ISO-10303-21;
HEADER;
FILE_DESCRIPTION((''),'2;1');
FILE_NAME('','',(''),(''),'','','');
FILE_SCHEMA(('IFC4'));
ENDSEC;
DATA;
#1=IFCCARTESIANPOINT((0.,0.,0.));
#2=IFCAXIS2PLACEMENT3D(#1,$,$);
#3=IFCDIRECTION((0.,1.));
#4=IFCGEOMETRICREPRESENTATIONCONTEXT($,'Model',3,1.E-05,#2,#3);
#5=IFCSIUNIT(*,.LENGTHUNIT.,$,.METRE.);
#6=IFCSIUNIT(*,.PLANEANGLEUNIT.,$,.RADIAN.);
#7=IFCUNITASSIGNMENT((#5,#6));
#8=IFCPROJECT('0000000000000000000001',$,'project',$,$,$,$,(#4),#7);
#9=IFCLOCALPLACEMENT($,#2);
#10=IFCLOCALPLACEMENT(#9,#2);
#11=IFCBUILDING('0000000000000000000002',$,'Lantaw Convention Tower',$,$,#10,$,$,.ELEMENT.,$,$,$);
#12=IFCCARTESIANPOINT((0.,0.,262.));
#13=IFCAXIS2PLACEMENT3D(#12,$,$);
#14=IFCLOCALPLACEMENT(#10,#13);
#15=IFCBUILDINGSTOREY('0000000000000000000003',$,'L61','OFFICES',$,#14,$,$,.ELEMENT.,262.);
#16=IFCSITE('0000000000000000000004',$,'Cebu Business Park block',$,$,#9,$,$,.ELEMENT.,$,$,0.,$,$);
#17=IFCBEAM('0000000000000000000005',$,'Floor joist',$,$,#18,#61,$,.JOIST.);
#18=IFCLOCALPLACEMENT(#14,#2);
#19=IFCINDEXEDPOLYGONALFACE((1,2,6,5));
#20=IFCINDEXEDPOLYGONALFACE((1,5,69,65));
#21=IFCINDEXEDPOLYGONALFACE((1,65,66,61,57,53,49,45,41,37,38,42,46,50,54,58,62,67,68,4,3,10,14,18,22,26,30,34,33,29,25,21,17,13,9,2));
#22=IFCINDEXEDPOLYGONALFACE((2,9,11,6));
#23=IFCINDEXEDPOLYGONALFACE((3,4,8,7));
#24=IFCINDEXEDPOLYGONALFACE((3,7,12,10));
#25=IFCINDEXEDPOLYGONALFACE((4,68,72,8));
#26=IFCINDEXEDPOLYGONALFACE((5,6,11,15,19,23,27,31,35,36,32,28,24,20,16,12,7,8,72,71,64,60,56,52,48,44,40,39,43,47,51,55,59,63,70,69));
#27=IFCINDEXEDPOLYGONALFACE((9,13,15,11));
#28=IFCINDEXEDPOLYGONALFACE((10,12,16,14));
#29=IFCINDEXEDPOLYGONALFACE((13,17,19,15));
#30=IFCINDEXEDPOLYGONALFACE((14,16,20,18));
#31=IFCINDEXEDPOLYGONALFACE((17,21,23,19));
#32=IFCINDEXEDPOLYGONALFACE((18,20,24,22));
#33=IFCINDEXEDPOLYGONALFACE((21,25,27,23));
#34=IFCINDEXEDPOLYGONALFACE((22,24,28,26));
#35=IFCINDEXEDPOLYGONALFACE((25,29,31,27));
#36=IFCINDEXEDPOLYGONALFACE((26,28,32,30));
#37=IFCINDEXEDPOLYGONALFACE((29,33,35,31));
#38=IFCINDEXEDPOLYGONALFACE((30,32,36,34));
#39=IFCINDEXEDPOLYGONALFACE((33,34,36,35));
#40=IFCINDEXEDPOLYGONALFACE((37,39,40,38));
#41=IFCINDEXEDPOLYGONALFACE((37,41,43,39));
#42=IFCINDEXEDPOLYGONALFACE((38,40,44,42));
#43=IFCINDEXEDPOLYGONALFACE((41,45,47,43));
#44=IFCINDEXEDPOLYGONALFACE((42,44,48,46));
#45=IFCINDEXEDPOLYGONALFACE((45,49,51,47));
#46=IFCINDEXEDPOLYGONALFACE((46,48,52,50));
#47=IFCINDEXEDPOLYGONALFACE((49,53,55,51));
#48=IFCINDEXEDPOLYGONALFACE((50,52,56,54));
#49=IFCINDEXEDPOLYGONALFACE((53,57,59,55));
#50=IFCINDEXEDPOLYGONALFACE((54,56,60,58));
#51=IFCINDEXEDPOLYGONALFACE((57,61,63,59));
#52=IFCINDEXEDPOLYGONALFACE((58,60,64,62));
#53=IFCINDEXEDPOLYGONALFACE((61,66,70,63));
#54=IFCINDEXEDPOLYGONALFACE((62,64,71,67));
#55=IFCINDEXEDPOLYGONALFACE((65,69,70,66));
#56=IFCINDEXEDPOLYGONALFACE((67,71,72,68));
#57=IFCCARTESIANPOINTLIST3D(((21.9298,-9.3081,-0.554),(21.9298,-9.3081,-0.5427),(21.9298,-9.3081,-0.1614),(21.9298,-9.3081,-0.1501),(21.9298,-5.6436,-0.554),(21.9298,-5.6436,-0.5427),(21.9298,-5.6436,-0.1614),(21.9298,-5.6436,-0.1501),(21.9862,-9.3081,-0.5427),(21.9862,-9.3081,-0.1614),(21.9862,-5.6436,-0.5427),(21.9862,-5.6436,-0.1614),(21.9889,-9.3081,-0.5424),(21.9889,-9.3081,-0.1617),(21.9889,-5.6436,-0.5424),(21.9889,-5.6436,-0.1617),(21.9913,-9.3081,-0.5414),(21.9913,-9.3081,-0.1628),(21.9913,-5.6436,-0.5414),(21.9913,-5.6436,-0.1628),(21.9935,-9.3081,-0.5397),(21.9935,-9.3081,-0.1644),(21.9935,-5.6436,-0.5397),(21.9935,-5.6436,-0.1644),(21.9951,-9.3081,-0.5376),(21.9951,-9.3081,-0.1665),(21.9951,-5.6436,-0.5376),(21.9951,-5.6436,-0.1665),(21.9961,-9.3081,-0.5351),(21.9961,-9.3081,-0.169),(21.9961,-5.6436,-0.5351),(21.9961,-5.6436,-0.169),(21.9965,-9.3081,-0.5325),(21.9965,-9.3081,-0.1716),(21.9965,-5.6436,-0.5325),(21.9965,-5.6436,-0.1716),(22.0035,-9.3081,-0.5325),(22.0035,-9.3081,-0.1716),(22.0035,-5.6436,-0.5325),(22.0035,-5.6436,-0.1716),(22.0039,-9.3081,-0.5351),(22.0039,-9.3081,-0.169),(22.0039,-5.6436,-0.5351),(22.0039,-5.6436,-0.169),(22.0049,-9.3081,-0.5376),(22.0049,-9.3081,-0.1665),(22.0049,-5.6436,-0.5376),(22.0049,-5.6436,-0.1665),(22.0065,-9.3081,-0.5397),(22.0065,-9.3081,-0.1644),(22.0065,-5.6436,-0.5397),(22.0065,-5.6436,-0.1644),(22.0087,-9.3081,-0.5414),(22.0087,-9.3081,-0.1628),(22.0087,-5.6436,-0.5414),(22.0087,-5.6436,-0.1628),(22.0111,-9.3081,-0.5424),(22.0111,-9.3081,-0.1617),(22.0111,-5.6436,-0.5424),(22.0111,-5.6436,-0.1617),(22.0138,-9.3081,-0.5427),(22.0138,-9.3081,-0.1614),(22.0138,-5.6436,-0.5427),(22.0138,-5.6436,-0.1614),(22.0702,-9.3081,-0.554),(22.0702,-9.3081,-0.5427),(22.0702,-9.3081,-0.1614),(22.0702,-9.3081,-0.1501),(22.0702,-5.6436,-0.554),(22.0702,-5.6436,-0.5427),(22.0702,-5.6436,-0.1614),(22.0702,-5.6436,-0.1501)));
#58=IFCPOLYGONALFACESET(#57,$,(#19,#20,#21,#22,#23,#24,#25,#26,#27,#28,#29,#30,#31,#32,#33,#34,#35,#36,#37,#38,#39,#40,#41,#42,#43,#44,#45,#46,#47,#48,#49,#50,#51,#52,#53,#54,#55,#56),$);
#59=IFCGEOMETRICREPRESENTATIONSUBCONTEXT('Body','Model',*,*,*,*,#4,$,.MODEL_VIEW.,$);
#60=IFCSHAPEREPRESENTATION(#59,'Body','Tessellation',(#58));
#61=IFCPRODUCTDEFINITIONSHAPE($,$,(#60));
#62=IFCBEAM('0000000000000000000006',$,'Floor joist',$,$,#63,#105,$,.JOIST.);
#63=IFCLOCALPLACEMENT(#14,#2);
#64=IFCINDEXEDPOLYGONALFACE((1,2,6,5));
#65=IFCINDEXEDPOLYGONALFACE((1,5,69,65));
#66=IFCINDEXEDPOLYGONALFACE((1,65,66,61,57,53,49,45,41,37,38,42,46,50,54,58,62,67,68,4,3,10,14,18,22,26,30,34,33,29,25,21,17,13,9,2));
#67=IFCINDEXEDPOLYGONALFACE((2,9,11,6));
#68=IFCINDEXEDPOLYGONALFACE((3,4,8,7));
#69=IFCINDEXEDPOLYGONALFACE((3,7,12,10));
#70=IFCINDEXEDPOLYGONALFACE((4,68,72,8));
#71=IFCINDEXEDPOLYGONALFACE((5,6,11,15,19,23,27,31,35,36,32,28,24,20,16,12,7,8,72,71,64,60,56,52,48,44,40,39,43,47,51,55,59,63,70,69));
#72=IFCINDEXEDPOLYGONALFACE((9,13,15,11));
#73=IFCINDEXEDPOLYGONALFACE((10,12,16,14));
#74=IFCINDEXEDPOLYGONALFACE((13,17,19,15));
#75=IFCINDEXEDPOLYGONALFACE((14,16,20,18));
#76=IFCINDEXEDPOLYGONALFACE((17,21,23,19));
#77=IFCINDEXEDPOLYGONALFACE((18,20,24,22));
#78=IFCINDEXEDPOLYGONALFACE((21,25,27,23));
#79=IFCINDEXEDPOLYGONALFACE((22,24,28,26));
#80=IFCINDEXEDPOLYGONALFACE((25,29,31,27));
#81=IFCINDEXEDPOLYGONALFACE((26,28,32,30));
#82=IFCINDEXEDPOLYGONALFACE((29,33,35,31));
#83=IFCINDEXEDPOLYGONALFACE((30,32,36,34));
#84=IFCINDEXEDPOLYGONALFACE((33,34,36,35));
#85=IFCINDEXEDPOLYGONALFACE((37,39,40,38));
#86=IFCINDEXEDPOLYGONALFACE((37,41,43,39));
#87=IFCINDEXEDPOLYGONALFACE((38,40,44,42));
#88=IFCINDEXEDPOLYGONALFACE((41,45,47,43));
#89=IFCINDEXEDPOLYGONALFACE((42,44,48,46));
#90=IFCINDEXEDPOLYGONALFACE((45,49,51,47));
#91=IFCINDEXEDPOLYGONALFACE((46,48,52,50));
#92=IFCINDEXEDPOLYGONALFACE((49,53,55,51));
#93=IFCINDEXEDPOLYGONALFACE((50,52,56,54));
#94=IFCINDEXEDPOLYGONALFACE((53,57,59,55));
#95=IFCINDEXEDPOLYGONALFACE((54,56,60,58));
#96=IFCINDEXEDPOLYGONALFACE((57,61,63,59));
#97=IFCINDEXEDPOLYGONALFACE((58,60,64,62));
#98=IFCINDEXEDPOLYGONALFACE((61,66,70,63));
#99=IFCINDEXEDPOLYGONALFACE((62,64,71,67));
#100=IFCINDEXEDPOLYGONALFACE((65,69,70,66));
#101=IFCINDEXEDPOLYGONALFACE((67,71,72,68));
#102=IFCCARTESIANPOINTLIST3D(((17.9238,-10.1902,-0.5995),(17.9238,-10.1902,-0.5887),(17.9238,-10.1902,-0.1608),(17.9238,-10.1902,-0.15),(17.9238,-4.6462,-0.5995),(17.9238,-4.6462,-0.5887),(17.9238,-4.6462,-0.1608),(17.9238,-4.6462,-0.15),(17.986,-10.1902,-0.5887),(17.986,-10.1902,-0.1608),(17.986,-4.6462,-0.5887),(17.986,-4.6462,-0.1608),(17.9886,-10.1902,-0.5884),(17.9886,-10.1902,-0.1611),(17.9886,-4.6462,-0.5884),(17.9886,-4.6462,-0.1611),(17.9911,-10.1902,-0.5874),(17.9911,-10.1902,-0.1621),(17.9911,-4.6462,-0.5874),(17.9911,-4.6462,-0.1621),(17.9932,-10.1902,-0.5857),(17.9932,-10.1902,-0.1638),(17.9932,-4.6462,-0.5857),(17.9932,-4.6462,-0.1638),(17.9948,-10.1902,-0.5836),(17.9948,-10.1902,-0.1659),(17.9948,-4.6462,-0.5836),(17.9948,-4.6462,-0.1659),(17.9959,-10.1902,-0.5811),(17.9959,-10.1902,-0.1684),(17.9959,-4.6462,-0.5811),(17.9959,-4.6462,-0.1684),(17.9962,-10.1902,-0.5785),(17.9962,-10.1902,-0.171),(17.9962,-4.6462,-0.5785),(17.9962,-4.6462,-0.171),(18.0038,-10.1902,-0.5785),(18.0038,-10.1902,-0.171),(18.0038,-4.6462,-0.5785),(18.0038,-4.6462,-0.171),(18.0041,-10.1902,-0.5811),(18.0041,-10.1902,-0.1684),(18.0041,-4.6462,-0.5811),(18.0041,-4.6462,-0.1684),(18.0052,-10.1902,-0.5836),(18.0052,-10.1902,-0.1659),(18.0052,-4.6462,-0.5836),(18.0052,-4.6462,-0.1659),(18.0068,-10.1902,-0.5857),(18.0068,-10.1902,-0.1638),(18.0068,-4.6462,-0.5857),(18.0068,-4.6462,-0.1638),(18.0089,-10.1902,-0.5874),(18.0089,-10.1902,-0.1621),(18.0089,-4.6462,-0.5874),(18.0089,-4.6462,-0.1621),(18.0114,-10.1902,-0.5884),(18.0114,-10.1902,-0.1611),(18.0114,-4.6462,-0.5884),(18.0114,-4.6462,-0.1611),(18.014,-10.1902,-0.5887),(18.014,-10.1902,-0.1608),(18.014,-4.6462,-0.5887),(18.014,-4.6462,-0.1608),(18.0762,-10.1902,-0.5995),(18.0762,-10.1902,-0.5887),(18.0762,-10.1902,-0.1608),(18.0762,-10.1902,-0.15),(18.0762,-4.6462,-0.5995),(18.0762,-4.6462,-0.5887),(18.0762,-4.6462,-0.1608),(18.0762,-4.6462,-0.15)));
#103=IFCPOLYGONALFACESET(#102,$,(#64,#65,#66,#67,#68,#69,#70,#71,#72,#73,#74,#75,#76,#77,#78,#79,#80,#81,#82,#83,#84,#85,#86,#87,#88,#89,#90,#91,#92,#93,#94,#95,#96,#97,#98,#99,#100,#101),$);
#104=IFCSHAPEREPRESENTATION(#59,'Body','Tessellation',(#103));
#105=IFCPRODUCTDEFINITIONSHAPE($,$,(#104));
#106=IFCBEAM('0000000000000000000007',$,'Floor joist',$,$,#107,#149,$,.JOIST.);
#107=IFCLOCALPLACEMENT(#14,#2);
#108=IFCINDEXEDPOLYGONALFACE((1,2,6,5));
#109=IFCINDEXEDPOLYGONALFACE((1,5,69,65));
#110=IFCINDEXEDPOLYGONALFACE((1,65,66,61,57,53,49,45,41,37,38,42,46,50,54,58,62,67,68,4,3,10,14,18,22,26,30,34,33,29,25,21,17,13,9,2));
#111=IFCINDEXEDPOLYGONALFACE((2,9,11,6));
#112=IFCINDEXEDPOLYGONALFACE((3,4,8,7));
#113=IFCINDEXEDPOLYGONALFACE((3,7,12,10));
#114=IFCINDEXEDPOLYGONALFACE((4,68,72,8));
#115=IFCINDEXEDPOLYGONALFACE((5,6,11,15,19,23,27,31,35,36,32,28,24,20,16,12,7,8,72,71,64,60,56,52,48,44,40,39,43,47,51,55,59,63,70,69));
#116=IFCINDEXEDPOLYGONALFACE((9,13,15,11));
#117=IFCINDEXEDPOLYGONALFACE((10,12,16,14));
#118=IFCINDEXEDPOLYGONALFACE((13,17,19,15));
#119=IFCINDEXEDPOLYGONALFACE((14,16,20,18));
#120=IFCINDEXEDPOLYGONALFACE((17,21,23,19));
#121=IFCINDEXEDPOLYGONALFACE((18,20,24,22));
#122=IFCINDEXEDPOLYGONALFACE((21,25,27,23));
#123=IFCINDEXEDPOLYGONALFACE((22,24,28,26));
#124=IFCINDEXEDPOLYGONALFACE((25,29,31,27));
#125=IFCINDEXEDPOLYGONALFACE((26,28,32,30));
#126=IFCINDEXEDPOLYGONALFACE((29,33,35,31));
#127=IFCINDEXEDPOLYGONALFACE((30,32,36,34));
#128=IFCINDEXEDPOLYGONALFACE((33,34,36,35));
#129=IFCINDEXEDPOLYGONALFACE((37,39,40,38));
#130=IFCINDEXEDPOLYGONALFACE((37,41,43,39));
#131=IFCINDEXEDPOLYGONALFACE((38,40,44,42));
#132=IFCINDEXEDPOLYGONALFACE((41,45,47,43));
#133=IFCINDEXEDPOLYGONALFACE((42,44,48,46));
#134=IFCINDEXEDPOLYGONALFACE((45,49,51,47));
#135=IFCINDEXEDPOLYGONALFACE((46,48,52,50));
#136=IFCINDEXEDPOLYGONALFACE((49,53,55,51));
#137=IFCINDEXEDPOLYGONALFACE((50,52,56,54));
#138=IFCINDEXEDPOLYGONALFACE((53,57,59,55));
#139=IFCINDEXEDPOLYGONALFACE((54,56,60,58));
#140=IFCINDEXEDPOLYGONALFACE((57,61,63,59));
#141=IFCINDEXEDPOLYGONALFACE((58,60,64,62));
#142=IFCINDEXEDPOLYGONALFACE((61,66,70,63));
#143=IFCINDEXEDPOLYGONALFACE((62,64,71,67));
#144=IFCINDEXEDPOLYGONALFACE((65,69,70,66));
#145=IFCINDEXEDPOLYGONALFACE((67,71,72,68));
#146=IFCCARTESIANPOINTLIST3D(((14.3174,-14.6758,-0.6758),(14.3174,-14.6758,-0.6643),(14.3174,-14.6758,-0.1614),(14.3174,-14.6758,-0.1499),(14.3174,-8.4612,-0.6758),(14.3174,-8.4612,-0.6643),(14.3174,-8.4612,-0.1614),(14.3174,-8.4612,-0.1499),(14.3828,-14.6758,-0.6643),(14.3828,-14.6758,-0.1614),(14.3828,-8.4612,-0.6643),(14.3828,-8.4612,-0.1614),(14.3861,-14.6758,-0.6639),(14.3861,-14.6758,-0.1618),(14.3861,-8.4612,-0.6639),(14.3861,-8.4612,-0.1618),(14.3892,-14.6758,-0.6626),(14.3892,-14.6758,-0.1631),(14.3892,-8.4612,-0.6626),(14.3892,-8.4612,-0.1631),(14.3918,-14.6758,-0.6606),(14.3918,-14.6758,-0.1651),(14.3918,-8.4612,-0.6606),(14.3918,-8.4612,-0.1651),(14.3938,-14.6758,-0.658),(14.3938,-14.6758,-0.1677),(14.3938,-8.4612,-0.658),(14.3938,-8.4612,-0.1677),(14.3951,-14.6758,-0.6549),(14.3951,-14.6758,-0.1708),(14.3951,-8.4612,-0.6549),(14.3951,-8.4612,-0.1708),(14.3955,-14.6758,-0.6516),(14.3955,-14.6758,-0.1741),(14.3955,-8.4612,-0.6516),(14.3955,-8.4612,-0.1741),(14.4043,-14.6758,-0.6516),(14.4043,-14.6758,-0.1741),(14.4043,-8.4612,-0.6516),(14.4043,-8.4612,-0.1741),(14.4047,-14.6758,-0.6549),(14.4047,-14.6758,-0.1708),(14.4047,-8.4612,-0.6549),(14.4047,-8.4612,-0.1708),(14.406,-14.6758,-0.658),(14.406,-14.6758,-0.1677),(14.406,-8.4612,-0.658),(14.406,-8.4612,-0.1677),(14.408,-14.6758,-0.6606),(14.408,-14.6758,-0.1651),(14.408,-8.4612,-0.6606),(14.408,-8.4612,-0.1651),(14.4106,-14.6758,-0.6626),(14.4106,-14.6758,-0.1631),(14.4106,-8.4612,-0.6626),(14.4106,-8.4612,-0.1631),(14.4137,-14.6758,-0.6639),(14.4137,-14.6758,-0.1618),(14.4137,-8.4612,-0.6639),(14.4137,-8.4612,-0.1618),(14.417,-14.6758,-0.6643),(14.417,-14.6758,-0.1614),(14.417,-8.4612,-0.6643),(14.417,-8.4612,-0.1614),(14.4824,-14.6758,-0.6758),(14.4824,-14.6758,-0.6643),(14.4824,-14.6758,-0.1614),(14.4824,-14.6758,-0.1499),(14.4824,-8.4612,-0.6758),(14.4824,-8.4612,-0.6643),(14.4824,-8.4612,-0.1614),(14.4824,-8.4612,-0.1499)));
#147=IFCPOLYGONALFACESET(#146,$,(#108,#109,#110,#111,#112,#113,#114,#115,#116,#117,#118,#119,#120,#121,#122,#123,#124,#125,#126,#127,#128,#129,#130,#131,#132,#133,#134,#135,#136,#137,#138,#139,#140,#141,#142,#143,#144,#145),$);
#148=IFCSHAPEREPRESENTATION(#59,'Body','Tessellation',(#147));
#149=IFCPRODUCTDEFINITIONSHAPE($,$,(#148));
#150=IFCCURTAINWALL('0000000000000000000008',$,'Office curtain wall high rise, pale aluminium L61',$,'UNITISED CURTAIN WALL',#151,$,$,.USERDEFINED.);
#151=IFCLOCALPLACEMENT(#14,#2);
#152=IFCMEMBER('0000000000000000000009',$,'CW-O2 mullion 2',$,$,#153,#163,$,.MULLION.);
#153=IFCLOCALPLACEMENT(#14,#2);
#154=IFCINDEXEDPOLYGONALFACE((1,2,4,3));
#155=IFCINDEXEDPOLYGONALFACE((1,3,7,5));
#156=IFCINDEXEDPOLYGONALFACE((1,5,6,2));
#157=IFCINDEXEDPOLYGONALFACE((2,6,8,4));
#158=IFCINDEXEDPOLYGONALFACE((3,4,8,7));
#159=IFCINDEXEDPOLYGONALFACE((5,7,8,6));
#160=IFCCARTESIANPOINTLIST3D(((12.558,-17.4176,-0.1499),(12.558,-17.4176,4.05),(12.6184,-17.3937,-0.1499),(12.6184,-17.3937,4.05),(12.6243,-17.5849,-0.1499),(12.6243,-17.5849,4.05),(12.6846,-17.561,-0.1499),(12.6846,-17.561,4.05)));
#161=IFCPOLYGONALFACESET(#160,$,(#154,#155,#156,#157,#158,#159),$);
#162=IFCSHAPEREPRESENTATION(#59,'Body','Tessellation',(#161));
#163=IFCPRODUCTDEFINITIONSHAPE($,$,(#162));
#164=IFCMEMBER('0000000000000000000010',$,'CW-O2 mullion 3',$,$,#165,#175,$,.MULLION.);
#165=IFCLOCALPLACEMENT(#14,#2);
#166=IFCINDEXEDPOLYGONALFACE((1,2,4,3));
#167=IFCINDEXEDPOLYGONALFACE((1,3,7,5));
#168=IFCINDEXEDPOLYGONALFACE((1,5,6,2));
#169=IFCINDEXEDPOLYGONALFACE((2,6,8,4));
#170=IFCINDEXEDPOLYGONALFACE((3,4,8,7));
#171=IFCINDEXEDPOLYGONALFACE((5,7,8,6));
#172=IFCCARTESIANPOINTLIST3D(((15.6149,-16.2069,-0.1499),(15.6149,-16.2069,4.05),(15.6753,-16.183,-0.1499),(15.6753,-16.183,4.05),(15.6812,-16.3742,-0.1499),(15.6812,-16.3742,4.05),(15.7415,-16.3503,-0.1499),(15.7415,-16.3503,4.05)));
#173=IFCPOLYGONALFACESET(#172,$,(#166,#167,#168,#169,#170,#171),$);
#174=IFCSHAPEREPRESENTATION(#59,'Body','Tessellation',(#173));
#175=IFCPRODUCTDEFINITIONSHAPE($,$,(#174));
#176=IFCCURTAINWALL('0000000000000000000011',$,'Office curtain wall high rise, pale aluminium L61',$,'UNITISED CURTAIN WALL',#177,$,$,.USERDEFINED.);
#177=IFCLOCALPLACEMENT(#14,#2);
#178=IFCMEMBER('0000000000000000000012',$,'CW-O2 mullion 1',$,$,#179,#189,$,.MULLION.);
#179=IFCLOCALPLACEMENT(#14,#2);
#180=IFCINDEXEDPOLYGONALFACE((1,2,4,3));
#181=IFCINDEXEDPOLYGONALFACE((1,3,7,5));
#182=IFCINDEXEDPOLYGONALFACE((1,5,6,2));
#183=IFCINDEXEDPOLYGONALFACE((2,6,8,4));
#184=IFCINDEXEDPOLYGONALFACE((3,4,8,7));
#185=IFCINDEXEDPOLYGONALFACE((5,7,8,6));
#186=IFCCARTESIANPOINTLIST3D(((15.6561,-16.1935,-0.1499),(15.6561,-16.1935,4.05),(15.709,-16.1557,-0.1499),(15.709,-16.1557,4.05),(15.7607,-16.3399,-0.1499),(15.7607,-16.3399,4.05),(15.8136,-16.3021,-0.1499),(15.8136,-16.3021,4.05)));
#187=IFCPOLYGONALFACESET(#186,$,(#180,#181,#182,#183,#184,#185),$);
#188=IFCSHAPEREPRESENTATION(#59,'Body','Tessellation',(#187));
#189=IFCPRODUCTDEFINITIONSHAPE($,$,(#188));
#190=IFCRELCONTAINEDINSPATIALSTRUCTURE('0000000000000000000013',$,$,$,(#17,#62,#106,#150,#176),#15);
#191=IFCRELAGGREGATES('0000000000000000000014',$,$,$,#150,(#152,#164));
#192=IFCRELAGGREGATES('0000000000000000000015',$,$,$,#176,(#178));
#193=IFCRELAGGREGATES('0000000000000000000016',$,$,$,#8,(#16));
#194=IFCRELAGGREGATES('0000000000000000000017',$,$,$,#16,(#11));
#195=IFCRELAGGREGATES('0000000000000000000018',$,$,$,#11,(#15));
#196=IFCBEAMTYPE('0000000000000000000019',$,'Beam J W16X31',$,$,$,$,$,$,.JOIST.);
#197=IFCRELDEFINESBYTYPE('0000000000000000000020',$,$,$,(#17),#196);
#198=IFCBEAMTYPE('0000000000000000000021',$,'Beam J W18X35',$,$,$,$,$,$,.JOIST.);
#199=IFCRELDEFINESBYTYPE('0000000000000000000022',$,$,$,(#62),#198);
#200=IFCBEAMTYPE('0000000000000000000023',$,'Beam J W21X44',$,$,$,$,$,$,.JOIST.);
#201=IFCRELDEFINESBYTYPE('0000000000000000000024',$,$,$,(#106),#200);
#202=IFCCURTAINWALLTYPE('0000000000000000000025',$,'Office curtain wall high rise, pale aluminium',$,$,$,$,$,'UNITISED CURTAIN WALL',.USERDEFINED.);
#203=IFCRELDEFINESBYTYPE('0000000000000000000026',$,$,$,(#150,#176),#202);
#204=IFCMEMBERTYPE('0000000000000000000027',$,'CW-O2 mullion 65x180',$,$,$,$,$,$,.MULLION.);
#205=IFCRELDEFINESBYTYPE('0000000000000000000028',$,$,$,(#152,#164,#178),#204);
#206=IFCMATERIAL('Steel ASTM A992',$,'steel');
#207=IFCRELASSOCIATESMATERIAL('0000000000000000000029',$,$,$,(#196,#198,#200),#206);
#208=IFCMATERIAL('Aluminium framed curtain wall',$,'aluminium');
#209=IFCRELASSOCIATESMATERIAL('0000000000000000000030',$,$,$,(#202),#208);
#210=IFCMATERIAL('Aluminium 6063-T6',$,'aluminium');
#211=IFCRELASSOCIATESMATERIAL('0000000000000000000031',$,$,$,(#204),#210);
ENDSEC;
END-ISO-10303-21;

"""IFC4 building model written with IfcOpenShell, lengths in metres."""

from ifc_helpers import new_model, si_unit, direction, frame, origin, origin_2d, place, context, subcontext, project, spatial, rectangle, i_section, extrude, material, material_profile, profile_set, type_object, element, aggregate, save


model = new_model("IFC4")

# Units and contexts
model_context = context("Model", 3, precision=1e-05, world=origin(), true_north=direction((0.0, 1.0)))
body_context = subcontext(model_context, "Body", "Model", "MODEL_VIEW")
ifc_project = project(units=[si_unit("LENGTHUNIT", "METRE"), si_unit("PLANEANGLEUNIT", "RADIAN")], contexts=[model_context])

# Site, building, storey
site_placement = place(None, origin())
site = spatial("IfcSite", under=ifc_project, at=site_placement, Name="Cebu Business Park block", CompositionType="ELEMENT", RefElevation=0.0)
building_placement = place(site_placement, origin())
building = spatial("IfcBuilding", under=site, at=building_placement, Name="Lantaw Convention Tower", CompositionType="ELEMENT")
storey_placement = place(building_placement, frame((0.0, 0.0, 262.0)))
storey = spatial("IfcBuildingStorey", under=building, at=storey_placement, Name="L61", Description="OFFICES", CompositionType="ELEMENT", Elevation=262.0)

# Beams
ifc_material_1 = material(Name="Steel ASTM A992", Category="steel")
ifc_material_profile_1 = material_profile(ifc_material_1, i_section(OverallWidth=0.1404, OverallDepth=0.4038, WebThickness=0.0071, FlangeThickness=0.0112, FilletRadius=0.0103, at=origin_2d()), Name="W16X31")
ifc_profile_set_1 = profile_set([ifc_material_profile_1], Name="Steel ASTM A992")
beam_type_1 = type_object("IfcBeamType", Name="Beam J W16X31", PredefinedType="JOIST", material=ifc_profile_set_1)
beam_1_placement = place(storey_placement, frame((22.0, -9.3081, -0.3521), z_axis=(0.0, 1.0, 0.0), x_axis=(-1.0, 0.0, 0.0)))
element("IfcBeam", 1, at=beam_1_placement, inside=storey, type_object=beam_type_1, Name="Floor joist", PredefinedType="JOIST", context=body_context, shape_type="SweptSolid", body=[
    extrude(i_section(OverallWidth=0.1404, OverallDepth=0.4038, WebThickness=0.0071, FlangeThickness=0.0112, FilletRadius=0.0103, at=origin_2d()), origin(), (0.0, 0.0, 1.0), 3.6646),
])
ifc_material_profile_2 = material_profile(ifc_material_1, i_section(OverallWidth=0.1523, OverallDepth=0.4495, WebThickness=0.0076, FlangeThickness=0.0107, FilletRadius=0.0103, at=origin_2d()), Name="W18X35")
ifc_profile_set_2 = profile_set([ifc_material_profile_2], Name="Steel ASTM A992")
beam_type_2 = type_object("IfcBeamType", Name="Beam J W18X35", PredefinedType="JOIST", material=ifc_profile_set_2)
beam_2_placement = place(storey_placement, frame((18.0, -10.1902, -0.3748), z_axis=(0.0, 1.0, 0.0), x_axis=(-1.0, 0.0, 0.0)))
element("IfcBeam", 2, at=beam_2_placement, inside=storey, type_object=beam_type_2, Name="Floor joist", PredefinedType="JOIST", context=body_context, shape_type="SweptSolid", body=[
    extrude(i_section(OverallWidth=0.1523, OverallDepth=0.4495, WebThickness=0.0076, FlangeThickness=0.0107, FilletRadius=0.0103, at=origin_2d()), origin(), (0.0, 0.0, 1.0), 5.5439),
])
ifc_material_profile_3 = material_profile(ifc_material_1, i_section(OverallWidth=0.165, OverallDepth=0.5259, WebThickness=0.0088, FlangeThickness=0.0115, FilletRadius=0.0127, at=origin_2d()), Name="W21X44")
ifc_profile_set_3 = profile_set([ifc_material_profile_3], Name="Steel ASTM A992")
beam_type_3 = type_object("IfcBeamType", Name="Beam J W21X44", PredefinedType="JOIST", material=ifc_profile_set_3)
beam_3_placement = place(storey_placement, frame((14.3999, -14.6758, -0.4128), z_axis=(0.0, 1.0, 0.0), x_axis=(-1.0, 0.0, 0.0)))
element("IfcBeam", 3, at=beam_3_placement, inside=storey, type_object=beam_type_3, Name="Floor joist", PredefinedType="JOIST", context=body_context, shape_type="SweptSolid", body=[
    extrude(i_section(OverallWidth=0.165, OverallDepth=0.5259, WebThickness=0.0088, FlangeThickness=0.0115, FilletRadius=0.0127, at=origin_2d()), origin(), (0.0, 0.0, 1.0), 6.2146),
])

# Curtain walls, members
ifc_material_2 = material(Name="Aluminium framed curtain wall", Category="aluminium")
curtain_wall_type = type_object("IfcCurtainWallType", Name="Office curtain wall high rise, pale aluminium", ElementType="UNITISED CURTAIN WALL", PredefinedType="USERDEFINED", material=ifc_material_2)
curtain_wall_1_placement = place(storey_placement, origin())
curtain_wall_1 = element("IfcCurtainWall", 4, at=curtain_wall_1_placement, inside=storey, type_object=curtain_wall_type, Name="Office curtain wall high rise, pale aluminium L61", ObjectType="UNITISED CURTAIN WALL", PredefinedType="USERDEFINED")
ifc_material_3 = material(Name="Aluminium 6063-T6", Category="aluminium")
ifc_material_profile_4 = material_profile(ifc_material_3, rectangle(XDim=0.1799, YDim=0.0649, at=origin_2d()), Name="CW-O2 mullion 65x180")
ifc_profile_set_4 = profile_set([ifc_material_profile_4], Name="Aluminium 6063-T6")
member_type_1 = type_object("IfcMemberType", Name="CW-O2 mullion 65x180", PredefinedType="MULLION", material=ifc_profile_set_4)
member_1_placement = place(storey_placement, frame((12.6213, -17.4893, -0.1499), z_axis=(0.0, 0.0, 1.0), x_axis=(-0.368162, 0.929762, 0.0)))
member_1 = element("IfcMember", 5, at=member_1_placement, type_object=member_type_1, Name="CW-O2 mullion 2", PredefinedType="MULLION", context=body_context, shape_type="SweptSolid", body=[
    extrude(rectangle(XDim=0.1799, YDim=0.0649, at=origin_2d()), origin(), (0.0, 0.0, 1.0), 4.2),
])
member_2_placement = place(storey_placement, frame((15.6782, -16.2786, -0.1499), z_axis=(0.0, 0.0, 1.0), x_axis=(-0.368162, 0.929762, 0.0)))
member_2 = element("IfcMember", 6, at=member_2_placement, type_object=member_type_1, Name="CW-O2 mullion 3", PredefinedType="MULLION", context=body_context, shape_type="SweptSolid", body=[
    extrude(rectangle(XDim=0.1799, YDim=0.0649, at=origin_2d()), origin(), (0.0, 0.0, 1.0), 4.2),
])
curtain_wall_2_placement = place(storey_placement, origin())
curtain_wall_2 = element("IfcCurtainWall", 7, at=curtain_wall_2_placement, inside=storey, type_object=curtain_wall_type, Name="Office curtain wall high rise, pale aluminium L61", ObjectType="UNITISED CURTAIN WALL", PredefinedType="USERDEFINED")
member_3_placement = place(storey_placement, frame((15.7349, -16.2478, -0.1499), z_axis=(0.0, 0.0, 1.0), x_axis=(-0.581323, 0.813673, 0.0)))
member_3 = element("IfcMember", 8, at=member_3_placement, type_object=member_type_1, Name="CW-O2 mullion 1", PredefinedType="MULLION", context=body_context, shape_type="SweptSolid", body=[
    extrude(rectangle(XDim=0.1799, YDim=0.0649, at=origin_2d()), origin(), (0.0, 0.0, 1.0), 4.2),
])

aggregate(curtain_wall_1, [member_1, member_2])
aggregate(curtain_wall_2, [member_3])

save(model, "model.ifc")
